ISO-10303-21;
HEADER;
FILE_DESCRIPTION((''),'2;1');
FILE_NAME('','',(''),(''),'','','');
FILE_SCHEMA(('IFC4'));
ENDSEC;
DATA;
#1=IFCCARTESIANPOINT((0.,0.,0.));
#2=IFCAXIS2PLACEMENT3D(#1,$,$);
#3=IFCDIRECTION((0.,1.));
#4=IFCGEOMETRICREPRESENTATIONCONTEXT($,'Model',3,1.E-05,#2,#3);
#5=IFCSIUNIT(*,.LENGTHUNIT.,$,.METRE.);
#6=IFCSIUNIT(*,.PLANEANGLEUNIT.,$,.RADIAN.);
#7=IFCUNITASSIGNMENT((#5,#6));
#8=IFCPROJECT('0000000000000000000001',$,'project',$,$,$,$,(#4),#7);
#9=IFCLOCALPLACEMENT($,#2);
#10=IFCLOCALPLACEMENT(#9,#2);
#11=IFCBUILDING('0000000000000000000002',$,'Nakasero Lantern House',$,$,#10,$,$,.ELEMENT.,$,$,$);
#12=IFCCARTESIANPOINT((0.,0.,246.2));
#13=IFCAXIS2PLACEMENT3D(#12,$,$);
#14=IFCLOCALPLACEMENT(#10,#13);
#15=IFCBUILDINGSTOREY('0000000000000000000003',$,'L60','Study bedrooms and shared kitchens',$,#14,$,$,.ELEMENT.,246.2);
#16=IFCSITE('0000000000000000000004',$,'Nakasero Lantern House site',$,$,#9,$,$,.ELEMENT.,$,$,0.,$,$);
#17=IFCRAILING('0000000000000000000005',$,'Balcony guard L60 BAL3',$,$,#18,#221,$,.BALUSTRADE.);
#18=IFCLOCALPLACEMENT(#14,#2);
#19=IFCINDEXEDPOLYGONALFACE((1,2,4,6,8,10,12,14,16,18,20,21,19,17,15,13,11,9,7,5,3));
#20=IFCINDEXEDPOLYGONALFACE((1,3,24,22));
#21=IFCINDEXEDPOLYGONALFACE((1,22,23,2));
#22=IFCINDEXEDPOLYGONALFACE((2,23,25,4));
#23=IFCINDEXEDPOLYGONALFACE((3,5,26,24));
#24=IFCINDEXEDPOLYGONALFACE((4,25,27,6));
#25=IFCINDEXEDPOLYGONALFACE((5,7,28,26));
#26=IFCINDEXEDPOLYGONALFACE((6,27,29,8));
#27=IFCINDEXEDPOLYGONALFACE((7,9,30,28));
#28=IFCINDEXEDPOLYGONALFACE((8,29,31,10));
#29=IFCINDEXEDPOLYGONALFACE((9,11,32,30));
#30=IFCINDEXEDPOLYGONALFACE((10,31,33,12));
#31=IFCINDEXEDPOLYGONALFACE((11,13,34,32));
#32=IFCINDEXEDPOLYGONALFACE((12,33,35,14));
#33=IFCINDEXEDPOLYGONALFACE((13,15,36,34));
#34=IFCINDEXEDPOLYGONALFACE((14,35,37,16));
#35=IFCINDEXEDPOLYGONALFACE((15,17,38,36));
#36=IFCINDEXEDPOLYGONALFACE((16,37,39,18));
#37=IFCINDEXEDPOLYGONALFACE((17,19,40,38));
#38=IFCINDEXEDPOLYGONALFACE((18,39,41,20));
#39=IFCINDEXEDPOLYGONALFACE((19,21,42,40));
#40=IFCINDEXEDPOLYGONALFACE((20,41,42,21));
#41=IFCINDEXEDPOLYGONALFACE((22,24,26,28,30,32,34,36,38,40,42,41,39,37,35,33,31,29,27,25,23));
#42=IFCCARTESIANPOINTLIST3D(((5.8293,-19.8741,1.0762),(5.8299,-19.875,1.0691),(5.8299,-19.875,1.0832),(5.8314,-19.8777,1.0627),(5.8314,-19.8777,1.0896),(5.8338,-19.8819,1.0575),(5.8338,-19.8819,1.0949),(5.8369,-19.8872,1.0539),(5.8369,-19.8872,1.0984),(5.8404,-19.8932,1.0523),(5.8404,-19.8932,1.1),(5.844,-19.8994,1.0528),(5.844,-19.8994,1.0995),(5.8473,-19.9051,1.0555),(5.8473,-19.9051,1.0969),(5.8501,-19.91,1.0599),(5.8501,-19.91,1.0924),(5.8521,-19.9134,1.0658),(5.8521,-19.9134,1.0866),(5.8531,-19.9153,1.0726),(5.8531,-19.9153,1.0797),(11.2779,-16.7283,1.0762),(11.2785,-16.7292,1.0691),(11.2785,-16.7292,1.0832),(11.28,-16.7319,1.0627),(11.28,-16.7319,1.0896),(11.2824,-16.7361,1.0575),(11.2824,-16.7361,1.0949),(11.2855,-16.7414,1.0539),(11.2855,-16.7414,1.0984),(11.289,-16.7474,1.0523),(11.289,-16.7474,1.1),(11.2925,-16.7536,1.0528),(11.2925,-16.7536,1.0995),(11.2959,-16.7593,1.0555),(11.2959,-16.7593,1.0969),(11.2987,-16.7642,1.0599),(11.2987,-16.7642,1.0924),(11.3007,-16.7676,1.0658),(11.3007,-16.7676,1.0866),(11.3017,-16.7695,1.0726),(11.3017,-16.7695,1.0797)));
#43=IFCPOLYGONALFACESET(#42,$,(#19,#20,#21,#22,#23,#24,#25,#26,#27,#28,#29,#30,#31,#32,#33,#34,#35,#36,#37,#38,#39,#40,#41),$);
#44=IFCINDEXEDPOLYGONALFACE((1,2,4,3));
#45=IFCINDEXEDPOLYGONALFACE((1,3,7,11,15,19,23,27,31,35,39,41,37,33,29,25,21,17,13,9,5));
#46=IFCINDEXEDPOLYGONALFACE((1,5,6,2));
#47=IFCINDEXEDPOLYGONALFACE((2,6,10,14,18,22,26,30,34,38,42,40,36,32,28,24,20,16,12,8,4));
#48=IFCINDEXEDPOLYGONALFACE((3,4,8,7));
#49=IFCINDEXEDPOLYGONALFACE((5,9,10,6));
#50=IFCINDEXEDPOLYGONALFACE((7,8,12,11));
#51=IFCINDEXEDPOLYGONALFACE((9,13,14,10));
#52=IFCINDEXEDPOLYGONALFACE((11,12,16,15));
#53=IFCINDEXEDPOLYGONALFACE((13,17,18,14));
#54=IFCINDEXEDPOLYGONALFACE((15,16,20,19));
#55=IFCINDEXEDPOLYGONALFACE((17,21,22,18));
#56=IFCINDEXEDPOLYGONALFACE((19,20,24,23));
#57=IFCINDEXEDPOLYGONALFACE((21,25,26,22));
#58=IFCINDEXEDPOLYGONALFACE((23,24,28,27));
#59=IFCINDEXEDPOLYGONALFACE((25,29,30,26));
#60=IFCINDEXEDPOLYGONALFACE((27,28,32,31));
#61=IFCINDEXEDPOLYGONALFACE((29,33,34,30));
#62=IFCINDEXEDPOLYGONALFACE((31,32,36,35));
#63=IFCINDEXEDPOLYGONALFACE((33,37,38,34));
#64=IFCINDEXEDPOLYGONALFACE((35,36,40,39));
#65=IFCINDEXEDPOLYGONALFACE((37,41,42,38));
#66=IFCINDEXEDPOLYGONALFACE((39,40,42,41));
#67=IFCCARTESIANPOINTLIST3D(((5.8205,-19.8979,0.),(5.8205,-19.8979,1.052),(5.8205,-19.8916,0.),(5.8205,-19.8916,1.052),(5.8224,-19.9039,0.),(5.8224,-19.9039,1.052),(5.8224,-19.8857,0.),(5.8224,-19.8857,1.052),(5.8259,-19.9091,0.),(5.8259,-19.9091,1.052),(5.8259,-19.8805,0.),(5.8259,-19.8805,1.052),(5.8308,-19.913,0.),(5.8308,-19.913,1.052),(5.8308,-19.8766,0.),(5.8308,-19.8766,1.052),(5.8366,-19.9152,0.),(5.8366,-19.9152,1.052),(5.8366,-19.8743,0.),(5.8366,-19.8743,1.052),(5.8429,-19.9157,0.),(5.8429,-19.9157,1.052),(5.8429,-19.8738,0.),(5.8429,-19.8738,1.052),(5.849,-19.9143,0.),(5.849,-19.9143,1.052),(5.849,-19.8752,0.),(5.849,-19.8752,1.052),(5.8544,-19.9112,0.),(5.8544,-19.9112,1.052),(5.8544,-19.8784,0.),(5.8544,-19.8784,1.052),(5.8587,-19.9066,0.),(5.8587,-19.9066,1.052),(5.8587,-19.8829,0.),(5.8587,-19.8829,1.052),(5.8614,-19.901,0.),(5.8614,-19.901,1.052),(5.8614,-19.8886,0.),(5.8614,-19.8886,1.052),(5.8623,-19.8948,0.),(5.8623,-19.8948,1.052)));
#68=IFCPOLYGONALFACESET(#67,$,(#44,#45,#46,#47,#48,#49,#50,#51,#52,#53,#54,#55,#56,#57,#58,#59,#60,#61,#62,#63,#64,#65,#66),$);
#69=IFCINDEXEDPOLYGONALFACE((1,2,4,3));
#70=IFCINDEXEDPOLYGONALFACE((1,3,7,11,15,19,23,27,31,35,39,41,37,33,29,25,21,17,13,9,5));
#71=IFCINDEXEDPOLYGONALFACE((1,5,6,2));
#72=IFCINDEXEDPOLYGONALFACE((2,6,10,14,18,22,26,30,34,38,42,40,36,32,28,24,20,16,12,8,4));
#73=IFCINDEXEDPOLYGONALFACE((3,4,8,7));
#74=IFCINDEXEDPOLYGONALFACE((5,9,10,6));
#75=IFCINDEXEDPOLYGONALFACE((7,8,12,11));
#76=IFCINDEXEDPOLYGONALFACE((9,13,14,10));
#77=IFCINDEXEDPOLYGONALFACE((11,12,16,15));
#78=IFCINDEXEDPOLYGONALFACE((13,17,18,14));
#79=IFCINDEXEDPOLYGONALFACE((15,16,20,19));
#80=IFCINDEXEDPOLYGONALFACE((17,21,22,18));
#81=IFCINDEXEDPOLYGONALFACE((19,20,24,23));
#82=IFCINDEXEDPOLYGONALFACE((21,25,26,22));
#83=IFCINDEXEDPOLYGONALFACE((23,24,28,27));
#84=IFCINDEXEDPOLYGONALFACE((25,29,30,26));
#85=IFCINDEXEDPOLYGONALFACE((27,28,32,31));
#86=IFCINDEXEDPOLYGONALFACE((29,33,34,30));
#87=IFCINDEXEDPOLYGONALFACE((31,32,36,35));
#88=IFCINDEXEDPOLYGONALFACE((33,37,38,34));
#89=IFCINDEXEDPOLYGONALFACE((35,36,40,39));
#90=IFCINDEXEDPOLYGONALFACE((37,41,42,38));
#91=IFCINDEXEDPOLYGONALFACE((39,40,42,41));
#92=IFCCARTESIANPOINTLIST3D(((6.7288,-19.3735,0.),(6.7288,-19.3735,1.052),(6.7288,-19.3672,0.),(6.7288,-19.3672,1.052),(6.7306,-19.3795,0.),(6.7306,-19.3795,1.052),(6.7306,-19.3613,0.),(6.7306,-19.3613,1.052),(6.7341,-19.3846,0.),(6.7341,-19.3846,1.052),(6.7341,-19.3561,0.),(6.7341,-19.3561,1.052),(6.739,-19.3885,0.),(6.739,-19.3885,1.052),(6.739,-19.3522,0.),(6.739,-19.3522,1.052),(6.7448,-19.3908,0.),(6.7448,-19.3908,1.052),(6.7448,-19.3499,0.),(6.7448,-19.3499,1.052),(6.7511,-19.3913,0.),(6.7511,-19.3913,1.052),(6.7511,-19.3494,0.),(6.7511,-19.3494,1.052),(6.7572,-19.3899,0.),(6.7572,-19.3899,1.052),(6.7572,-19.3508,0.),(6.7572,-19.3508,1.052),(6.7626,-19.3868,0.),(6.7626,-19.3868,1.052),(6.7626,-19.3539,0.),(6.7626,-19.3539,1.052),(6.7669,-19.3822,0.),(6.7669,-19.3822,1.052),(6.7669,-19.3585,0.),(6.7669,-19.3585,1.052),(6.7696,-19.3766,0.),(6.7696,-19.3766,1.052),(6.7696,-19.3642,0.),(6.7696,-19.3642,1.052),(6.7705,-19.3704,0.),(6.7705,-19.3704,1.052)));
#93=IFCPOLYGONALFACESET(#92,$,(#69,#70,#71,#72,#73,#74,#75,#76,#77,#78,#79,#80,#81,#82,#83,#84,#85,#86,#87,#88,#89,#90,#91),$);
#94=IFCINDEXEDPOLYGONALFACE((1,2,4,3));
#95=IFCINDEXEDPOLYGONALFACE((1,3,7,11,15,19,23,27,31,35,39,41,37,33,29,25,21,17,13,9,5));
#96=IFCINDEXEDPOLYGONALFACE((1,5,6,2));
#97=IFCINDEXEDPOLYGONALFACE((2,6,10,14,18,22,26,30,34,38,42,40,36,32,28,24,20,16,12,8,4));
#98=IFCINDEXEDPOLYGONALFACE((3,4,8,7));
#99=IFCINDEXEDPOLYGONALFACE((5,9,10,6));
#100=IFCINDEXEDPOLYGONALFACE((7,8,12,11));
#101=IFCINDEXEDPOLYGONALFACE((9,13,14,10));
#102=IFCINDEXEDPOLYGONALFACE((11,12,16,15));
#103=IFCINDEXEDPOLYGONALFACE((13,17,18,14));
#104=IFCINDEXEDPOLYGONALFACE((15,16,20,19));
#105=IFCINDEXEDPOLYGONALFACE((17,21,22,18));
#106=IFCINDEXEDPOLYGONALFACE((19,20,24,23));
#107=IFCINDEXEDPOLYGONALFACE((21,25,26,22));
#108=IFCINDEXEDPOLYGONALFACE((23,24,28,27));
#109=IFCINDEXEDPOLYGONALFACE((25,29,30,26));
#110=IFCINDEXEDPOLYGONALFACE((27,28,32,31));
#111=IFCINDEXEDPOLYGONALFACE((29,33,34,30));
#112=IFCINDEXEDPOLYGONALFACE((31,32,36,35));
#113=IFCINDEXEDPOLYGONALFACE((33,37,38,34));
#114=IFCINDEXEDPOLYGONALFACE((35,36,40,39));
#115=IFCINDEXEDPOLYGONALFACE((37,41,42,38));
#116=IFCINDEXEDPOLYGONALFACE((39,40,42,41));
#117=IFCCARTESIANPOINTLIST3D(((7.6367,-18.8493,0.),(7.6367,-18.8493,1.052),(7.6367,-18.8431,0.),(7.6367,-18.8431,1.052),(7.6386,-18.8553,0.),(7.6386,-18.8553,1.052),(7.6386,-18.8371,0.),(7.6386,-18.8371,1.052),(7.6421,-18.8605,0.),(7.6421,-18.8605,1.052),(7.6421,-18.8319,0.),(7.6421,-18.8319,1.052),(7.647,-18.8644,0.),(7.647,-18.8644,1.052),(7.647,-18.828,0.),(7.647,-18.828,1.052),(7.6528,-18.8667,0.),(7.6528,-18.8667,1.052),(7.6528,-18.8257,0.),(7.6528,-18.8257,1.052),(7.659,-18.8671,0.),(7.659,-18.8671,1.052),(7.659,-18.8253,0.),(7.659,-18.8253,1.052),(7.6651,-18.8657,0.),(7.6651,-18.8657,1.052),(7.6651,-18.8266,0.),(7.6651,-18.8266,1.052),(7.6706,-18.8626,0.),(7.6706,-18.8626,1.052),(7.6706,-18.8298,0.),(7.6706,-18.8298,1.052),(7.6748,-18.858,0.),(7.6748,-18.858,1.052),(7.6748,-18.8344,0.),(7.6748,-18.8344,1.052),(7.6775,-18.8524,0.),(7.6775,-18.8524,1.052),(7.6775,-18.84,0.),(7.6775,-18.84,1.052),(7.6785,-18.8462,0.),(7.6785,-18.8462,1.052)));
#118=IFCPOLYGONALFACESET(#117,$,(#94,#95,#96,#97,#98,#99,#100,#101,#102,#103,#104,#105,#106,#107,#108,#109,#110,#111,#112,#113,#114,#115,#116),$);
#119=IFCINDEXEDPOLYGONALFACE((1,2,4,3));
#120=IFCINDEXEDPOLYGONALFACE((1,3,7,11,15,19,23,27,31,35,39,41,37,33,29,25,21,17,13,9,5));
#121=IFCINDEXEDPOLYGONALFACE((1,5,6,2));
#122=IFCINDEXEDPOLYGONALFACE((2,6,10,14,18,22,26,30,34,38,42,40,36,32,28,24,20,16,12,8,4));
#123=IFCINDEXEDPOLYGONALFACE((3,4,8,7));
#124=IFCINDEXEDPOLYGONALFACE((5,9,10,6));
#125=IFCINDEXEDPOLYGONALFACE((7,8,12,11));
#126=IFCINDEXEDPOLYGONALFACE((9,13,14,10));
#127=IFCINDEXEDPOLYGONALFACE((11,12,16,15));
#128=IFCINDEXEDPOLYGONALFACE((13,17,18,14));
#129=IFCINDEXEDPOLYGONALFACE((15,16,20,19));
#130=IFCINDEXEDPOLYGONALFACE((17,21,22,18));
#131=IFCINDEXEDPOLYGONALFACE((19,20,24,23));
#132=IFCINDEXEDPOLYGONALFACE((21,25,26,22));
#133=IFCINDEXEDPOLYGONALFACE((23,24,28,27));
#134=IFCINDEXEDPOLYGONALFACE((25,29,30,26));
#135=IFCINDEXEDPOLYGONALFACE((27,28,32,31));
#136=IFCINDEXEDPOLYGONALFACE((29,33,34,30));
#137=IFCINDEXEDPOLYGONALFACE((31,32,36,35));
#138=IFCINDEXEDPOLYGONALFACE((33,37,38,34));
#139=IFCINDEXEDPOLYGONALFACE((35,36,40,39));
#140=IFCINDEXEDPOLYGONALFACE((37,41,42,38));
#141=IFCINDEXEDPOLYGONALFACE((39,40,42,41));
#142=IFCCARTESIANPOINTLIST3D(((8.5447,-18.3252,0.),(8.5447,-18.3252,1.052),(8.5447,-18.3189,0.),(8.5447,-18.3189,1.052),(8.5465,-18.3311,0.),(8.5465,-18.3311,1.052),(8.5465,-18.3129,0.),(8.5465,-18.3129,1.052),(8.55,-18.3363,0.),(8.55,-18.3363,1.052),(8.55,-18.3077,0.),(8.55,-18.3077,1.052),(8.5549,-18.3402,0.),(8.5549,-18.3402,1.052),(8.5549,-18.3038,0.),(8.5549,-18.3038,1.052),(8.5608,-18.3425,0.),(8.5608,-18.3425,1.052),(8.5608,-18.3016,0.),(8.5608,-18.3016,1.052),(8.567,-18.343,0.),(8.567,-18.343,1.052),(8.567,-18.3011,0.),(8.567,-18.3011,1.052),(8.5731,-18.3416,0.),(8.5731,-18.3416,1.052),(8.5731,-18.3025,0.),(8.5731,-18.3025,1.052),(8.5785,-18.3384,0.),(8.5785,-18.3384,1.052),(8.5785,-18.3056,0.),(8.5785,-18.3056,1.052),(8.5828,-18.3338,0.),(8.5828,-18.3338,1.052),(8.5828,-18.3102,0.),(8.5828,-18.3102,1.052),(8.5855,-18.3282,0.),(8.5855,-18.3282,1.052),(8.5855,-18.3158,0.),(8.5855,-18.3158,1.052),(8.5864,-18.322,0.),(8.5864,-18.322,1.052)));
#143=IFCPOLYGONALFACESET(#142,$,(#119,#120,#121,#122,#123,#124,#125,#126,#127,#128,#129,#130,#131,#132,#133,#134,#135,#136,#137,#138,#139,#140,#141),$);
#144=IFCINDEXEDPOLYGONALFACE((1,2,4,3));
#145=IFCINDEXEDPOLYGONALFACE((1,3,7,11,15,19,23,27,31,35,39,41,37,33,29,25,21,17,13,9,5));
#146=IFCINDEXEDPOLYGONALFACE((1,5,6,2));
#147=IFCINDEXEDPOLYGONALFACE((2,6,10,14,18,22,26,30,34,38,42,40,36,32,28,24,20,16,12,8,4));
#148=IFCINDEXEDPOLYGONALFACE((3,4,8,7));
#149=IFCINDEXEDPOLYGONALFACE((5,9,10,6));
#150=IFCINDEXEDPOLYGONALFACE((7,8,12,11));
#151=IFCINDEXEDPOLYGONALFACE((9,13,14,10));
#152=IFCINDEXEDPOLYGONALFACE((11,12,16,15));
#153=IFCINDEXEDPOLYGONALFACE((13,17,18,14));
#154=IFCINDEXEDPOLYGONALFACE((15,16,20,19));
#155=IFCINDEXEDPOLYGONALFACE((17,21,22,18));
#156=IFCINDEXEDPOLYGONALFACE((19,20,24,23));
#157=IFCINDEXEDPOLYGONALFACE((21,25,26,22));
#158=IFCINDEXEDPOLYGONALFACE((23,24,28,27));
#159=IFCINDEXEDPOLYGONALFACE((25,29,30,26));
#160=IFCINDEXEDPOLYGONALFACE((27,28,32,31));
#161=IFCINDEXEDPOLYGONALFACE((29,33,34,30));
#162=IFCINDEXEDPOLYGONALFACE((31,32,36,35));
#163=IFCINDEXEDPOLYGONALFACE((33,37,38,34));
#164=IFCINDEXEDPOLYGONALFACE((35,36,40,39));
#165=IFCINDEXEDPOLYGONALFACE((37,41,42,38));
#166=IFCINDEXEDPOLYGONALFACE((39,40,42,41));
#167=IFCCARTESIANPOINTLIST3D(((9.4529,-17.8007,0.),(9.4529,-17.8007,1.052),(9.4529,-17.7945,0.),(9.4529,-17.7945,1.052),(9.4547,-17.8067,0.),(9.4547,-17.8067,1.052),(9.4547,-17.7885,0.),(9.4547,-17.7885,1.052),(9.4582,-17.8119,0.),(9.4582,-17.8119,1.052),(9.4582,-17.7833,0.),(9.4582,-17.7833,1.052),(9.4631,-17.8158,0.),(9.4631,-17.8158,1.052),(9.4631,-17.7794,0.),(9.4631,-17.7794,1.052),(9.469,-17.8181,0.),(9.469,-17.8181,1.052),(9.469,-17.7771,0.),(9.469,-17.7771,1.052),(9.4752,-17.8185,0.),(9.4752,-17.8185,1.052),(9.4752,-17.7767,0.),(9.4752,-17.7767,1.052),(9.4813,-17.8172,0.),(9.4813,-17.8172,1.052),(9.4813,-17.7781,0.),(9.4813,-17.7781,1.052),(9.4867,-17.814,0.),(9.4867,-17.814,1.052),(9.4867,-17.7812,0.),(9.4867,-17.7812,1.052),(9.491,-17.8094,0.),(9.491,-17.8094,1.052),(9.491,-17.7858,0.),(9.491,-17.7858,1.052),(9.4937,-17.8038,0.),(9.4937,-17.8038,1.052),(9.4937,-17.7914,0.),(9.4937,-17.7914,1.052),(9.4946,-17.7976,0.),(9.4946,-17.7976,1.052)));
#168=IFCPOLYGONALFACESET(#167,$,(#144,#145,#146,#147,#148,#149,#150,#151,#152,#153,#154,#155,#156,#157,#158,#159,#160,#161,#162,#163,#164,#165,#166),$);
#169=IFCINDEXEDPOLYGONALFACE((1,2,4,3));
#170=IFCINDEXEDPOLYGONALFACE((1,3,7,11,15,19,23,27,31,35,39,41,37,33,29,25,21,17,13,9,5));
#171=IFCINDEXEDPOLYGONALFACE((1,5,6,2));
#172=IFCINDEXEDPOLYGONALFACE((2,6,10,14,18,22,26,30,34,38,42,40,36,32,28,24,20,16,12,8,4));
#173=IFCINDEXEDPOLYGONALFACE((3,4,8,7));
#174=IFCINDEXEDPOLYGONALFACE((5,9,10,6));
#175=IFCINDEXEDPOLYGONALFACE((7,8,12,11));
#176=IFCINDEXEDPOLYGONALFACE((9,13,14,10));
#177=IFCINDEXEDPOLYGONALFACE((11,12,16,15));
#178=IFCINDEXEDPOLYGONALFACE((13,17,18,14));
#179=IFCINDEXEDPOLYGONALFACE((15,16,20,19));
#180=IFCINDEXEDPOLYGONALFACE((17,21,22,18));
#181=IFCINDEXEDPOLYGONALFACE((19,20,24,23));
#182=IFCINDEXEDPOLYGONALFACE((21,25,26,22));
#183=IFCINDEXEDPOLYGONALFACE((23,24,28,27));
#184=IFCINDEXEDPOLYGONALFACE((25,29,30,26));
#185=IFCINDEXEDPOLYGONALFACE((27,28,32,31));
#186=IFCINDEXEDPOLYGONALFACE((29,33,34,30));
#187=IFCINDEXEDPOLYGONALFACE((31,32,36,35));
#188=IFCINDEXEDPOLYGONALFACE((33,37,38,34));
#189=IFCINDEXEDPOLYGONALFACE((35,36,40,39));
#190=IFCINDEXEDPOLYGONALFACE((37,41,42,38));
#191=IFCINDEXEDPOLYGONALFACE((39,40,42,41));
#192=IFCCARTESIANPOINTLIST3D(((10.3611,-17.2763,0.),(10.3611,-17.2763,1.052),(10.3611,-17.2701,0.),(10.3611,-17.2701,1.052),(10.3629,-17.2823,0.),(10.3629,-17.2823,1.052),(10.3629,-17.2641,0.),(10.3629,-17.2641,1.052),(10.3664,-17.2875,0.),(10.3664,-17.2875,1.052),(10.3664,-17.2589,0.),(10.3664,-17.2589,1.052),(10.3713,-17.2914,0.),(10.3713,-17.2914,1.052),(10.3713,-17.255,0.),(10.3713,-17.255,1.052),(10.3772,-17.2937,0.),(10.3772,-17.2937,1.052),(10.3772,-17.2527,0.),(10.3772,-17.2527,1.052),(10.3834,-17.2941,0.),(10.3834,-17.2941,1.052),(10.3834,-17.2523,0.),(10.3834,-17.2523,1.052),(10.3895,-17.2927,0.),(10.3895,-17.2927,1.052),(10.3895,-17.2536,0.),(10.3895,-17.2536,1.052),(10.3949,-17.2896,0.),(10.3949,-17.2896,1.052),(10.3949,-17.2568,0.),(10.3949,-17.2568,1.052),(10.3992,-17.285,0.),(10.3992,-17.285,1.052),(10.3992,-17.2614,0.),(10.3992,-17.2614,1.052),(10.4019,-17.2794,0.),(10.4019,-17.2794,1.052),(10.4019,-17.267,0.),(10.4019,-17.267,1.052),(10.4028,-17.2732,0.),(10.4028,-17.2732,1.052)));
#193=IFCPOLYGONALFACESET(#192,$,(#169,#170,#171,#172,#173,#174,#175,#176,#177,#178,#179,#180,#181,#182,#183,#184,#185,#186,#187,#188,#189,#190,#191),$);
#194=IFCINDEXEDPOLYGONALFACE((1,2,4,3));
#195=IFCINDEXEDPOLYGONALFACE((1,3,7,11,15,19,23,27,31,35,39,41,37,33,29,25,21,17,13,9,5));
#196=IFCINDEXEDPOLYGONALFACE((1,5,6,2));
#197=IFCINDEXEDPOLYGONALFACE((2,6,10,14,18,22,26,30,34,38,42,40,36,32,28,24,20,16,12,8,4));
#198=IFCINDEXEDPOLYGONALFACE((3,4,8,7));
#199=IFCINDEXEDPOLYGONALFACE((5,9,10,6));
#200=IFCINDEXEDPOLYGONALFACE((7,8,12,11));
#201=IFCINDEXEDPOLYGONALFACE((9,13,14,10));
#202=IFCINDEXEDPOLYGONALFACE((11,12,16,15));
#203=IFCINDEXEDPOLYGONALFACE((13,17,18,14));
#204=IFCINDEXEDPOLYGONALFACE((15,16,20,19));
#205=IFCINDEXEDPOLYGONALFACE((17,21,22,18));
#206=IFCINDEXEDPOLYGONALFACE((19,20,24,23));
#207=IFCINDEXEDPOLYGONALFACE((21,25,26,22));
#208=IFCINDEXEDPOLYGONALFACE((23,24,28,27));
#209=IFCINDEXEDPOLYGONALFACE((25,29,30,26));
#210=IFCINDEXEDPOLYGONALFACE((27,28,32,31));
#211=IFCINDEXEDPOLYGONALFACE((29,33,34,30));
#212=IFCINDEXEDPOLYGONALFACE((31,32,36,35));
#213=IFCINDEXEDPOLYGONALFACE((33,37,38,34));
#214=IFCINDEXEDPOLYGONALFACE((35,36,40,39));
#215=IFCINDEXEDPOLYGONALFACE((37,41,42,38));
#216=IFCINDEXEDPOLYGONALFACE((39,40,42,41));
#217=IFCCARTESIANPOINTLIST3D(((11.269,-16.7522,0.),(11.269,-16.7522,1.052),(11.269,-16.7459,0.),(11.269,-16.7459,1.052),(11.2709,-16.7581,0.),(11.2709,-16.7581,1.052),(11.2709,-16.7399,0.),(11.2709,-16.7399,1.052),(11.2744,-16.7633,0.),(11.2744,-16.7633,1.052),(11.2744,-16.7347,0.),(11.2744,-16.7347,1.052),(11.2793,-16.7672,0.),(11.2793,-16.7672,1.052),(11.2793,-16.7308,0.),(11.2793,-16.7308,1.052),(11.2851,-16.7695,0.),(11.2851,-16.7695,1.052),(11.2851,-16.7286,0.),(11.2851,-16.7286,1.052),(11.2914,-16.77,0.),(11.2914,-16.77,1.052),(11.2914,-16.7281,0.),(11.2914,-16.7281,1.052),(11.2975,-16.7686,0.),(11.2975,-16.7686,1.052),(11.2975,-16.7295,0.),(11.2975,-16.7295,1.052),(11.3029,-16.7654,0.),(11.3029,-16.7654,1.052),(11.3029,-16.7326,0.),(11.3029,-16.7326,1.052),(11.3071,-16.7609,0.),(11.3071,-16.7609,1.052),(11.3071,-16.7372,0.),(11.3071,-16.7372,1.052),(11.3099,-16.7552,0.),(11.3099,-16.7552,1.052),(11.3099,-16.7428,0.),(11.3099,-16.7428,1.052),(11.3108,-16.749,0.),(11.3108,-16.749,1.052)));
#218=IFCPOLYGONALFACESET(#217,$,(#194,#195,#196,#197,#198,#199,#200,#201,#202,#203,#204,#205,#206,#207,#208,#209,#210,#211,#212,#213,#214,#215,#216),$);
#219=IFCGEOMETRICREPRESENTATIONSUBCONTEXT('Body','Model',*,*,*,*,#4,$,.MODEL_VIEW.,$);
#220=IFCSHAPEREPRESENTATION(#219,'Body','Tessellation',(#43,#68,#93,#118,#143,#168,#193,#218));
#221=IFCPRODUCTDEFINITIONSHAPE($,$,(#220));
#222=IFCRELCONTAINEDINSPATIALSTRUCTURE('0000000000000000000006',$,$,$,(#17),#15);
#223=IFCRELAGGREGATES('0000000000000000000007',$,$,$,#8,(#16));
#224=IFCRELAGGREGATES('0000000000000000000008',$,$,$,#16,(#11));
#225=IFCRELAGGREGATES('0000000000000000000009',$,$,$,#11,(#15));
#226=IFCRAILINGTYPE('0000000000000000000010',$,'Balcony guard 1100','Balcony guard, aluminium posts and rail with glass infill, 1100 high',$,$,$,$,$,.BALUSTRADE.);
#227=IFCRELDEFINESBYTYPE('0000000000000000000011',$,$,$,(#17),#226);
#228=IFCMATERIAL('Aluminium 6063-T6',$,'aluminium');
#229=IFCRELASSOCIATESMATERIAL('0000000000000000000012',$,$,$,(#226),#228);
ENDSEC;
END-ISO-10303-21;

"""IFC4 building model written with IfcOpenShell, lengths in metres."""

from ifc_helpers import new_model, si_unit, direction, frame, origin, origin_2d, place, context, subcontext, project, spatial, circle, extrude, material, type_object, element, save


model = new_model("IFC4")

# Units and contexts
model_context = context("Model", 3, precision=1e-05, world=origin(), true_north=direction((0.0, 1.0)))
body_context = subcontext(model_context, "Body", "Model", "MODEL_VIEW")
ifc_project = project(units=[si_unit("LENGTHUNIT", "METRE"), si_unit("PLANEANGLEUNIT", "RADIAN")], contexts=[model_context])

# Site, building, storey
site_placement = place(None, origin())
site = spatial("IfcSite", under=ifc_project, at=site_placement, Name="Nakasero Lantern House site", CompositionType="ELEMENT", RefElevation=0.0)
building_placement = place(site_placement, origin())
building = spatial("IfcBuilding", under=site, at=building_placement, Name="Nakasero Lantern House", CompositionType="ELEMENT")
storey_placement = place(building_placement, frame((0.0, 0.0, 246.2)))
storey = spatial("IfcBuildingStorey", under=building, at=storey_placement, Name="L60", Description="Study bedrooms and shared kitchens", CompositionType="ELEMENT", Elevation=246.2)

# Railing
ifc_material_1 = material(Name="Aluminium 6063-T6", Category="aluminium")
railing_type = type_object("IfcRailingType", Name="Balcony guard 1100", Description="Balcony guard, aluminium posts and rail with glass infill, 1100 high", PredefinedType="BALUSTRADE", material=ifc_material_1)
railing_placement = place(storey_placement, frame((5.8413, -19.8948, 0.0)))
element("IfcRailing", 1, at=railing_placement, inside=storey, type_object=railing_type, Name="Balcony guard L60 BAL3", PredefinedType="BALUSTRADE", context=body_context, shape_type="SweptSolid", body=[
    extrude(circle(Radius=0.0239, at=origin_2d()), frame((0.0, 0.0, 1.0762), z_axis=(0.866021, 0.500008, 0.0), x_axis=(-0.500008, 0.866021, 0.0)), (0.0, 0.0, 1.0), 6.2915),
    extrude(circle(Radius=0.021, at=origin_2d()), origin(), (0.0, 0.0, 1.0), 1.052),
    extrude(circle(Radius=0.021, at=origin_2d()), frame((0.9082, 0.5244, 0.0)), (0.0, 0.0, 1.0), 1.052),
    extrude(circle(Radius=0.021, at=origin_2d()), frame((1.8162, 1.0486, 0.0)), (0.0, 0.0, 1.0), 1.052),
    extrude(circle(Radius=0.021, at=origin_2d()), frame((2.7241, 1.5728, 0.0)), (0.0, 0.0, 1.0), 1.052),
    extrude(circle(Radius=0.021, at=origin_2d()), frame((3.6323, 2.0972, 0.0)), (0.0, 0.0, 1.0), 1.052),
    extrude(circle(Radius=0.021, at=origin_2d()), frame((4.5405, 2.6216, 0.0)), (0.0, 0.0, 1.0), 1.052),
    extrude(circle(Radius=0.021, at=origin_2d()), frame((5.4485, 3.1458, 0.0)), (0.0, 0.0, 1.0), 1.052),
])

save(model, "model.ifc")
